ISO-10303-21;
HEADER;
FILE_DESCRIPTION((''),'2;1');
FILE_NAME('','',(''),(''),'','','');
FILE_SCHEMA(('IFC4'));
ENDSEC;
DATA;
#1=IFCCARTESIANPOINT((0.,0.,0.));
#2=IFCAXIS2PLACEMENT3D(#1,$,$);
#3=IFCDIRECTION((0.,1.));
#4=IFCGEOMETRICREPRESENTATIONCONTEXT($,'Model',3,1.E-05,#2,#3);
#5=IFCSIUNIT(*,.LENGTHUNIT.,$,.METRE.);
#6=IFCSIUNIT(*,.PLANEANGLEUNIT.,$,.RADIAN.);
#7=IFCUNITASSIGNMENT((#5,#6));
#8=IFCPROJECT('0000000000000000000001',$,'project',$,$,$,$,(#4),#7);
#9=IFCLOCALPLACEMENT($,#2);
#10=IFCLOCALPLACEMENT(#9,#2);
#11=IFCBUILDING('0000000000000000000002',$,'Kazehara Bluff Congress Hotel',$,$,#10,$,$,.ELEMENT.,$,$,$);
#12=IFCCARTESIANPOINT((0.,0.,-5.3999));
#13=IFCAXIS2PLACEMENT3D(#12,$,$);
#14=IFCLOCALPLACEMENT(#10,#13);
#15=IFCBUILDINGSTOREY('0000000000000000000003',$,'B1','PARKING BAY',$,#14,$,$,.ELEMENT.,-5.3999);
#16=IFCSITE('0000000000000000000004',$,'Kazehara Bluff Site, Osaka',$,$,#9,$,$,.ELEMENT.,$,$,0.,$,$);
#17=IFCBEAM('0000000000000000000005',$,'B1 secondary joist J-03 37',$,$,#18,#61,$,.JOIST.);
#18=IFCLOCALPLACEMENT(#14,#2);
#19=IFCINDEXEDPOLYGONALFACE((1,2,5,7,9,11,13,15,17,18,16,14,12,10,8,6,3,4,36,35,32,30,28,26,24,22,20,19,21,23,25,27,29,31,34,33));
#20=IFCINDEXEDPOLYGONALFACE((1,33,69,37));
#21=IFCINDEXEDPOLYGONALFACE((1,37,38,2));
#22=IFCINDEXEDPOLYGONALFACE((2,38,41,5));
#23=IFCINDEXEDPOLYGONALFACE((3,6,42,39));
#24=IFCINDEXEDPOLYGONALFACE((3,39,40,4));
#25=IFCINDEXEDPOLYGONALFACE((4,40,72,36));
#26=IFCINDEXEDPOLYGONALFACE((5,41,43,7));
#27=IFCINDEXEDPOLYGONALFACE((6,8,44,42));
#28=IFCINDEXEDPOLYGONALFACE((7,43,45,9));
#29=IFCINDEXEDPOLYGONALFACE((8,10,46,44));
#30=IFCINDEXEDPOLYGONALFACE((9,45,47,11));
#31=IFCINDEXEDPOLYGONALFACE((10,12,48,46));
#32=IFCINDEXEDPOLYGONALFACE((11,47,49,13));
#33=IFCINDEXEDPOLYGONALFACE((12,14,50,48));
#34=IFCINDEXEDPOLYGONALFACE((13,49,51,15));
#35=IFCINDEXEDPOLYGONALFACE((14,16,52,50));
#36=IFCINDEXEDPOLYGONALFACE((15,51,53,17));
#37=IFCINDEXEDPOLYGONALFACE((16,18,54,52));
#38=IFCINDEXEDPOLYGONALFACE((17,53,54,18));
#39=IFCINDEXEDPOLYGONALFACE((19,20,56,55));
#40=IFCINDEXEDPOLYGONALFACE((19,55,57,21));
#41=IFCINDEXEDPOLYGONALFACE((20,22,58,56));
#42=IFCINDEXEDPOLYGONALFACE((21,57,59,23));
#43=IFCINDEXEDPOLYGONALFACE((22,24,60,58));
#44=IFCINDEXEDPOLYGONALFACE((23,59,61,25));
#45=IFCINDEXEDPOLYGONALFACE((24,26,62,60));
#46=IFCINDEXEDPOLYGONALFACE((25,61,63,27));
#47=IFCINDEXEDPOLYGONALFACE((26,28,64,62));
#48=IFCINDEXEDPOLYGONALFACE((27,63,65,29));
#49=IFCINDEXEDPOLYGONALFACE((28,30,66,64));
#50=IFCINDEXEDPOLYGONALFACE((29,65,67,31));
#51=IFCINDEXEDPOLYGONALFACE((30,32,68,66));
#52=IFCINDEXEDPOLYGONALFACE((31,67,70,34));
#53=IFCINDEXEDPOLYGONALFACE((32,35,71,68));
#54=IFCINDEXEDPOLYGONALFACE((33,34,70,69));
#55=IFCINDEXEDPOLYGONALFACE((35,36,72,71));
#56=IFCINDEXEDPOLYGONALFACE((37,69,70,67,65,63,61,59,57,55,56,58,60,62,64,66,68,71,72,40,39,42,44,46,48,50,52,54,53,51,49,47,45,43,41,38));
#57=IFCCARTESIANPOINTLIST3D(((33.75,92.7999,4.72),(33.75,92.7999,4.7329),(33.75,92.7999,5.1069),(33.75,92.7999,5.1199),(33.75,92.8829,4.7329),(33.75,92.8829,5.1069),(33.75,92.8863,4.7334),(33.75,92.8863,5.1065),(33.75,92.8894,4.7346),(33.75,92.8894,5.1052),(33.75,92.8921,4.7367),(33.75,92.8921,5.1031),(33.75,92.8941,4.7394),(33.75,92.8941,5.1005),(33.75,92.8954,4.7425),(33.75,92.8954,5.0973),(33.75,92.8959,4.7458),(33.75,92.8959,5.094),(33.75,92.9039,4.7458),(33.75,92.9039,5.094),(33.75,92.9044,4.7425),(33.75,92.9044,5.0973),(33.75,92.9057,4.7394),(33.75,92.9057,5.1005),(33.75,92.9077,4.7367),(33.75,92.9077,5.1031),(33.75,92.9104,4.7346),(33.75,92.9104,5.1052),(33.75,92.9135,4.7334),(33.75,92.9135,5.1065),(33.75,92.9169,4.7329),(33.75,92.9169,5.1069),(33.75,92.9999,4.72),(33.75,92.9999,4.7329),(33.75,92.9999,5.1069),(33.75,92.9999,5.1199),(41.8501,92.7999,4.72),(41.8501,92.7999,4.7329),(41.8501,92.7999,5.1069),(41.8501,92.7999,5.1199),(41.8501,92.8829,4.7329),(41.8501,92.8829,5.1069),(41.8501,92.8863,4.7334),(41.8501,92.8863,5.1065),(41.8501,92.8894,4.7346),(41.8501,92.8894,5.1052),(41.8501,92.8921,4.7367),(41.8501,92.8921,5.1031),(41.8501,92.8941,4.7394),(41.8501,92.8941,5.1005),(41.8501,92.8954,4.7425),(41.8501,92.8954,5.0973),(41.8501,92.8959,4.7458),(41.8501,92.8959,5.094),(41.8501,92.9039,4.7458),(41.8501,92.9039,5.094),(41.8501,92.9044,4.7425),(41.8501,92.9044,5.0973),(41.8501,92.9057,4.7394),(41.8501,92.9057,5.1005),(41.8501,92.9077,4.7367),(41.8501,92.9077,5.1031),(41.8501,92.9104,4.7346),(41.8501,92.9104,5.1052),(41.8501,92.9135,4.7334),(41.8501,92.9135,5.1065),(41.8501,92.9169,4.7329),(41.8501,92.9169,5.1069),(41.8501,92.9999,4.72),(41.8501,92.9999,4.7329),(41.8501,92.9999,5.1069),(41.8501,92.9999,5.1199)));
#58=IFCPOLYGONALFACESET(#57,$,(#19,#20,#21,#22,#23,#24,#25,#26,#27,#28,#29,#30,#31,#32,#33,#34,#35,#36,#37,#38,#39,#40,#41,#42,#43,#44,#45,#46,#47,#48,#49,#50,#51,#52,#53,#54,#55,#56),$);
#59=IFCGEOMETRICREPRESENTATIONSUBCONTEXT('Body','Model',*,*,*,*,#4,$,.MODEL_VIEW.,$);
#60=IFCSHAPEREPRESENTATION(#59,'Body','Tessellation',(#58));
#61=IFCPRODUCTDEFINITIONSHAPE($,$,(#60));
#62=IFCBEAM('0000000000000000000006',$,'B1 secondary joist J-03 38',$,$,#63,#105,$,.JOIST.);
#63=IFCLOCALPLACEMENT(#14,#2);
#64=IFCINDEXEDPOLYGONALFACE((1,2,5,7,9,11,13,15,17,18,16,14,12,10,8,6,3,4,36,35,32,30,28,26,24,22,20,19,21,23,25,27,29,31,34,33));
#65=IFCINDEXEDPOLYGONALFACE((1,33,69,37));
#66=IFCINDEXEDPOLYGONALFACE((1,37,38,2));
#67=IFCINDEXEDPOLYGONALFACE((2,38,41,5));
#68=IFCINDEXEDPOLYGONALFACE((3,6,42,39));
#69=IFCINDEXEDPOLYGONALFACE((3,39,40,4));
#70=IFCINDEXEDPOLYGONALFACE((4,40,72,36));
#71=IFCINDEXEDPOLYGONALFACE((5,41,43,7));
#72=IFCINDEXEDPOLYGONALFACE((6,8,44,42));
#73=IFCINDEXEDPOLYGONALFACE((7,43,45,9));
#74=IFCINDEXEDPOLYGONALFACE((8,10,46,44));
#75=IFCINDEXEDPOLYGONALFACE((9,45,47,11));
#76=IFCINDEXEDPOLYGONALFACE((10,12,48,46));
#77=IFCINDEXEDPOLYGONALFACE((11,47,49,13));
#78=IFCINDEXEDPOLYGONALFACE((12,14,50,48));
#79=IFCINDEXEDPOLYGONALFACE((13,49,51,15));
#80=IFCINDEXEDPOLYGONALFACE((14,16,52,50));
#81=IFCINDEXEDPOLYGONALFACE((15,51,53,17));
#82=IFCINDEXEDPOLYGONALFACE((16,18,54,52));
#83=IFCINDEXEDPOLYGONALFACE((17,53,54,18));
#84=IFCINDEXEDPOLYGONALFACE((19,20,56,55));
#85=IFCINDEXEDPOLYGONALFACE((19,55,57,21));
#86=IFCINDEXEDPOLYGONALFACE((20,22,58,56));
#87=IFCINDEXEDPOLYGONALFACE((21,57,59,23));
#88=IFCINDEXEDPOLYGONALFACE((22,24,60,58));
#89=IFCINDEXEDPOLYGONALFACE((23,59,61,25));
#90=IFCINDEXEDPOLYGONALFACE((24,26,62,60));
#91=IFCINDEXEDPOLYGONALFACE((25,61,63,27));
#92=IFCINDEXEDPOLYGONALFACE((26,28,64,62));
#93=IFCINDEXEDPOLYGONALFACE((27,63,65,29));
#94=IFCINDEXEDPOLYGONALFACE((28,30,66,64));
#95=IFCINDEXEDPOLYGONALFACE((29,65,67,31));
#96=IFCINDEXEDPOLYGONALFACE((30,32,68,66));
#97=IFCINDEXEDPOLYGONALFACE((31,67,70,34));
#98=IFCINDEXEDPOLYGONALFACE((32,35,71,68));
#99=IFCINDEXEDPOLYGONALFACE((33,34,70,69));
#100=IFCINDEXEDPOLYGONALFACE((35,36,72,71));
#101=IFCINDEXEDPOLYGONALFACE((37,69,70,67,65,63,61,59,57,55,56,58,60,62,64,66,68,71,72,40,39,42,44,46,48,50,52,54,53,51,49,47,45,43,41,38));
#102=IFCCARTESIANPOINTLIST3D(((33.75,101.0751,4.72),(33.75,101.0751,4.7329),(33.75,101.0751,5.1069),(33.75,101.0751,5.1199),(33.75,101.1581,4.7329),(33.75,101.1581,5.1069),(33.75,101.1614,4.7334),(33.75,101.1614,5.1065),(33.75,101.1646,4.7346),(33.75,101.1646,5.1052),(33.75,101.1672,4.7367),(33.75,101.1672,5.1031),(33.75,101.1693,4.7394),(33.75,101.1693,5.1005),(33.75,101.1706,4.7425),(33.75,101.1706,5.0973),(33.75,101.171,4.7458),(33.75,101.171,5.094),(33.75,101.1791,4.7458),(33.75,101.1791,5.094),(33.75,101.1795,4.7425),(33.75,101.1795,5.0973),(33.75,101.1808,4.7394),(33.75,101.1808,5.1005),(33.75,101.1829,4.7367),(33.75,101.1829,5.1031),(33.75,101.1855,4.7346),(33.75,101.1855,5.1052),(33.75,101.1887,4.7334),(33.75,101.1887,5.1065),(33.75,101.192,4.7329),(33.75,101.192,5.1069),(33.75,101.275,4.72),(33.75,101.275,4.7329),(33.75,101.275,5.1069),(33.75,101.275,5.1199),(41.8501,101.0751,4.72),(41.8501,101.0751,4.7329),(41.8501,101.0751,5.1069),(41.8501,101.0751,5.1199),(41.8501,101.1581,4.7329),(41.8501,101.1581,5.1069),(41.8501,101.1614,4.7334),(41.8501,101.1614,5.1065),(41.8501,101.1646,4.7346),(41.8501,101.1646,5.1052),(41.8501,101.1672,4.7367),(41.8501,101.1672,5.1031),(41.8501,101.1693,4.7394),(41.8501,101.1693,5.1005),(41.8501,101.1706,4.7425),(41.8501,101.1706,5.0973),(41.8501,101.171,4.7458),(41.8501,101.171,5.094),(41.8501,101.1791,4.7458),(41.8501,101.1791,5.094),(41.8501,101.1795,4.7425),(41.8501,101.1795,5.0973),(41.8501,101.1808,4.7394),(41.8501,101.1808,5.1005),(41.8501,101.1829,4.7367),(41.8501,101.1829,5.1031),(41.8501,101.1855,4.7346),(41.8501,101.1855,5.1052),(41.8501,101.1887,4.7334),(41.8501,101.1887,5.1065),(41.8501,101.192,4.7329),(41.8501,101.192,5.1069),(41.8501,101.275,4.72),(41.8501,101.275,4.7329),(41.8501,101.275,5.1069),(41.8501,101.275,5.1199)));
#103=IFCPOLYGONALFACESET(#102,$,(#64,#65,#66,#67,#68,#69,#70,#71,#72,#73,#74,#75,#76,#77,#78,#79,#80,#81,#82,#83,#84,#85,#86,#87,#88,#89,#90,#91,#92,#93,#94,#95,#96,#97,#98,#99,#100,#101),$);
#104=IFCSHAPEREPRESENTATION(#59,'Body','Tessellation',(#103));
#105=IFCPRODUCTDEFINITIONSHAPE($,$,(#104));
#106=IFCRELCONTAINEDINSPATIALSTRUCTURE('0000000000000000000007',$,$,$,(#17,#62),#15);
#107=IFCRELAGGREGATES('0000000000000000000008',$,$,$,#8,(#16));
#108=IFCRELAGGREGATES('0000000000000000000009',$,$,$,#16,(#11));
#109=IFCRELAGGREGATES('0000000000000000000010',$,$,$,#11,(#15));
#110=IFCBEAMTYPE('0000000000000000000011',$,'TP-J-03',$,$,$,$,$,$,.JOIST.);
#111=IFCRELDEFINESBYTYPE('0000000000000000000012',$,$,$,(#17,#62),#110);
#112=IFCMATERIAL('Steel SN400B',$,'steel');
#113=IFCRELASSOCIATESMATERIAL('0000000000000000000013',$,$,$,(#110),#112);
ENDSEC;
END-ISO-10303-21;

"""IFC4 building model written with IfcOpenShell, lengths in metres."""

from ifc_helpers import new_model, si_unit, direction, frame, origin, origin_2d, place, context, subcontext, project, spatial, i_section, extrude, material, material_profile, profile_set, type_object, element, save


model = new_model("IFC4")

# Units and contexts
model_context = context("Model", 3, precision=1e-05, world=origin(), true_north=direction((0.0, 1.0)))
body_context = subcontext(model_context, "Body", "Model", "MODEL_VIEW")
ifc_project = project(units=[si_unit("LENGTHUNIT", "METRE"), si_unit("PLANEANGLEUNIT", "RADIAN")], contexts=[model_context])

# Site, building, storey
site_placement = place(None, origin())
site = spatial("IfcSite", under=ifc_project, at=site_placement, Name="Kazehara Bluff Site, Osaka", CompositionType="ELEMENT", RefElevation=0.0)
building_placement = place(site_placement, origin())
building = spatial("IfcBuilding", under=site, at=building_placement, Name="Kazehara Bluff Congress Hotel", CompositionType="ELEMENT")
storey_placement = place(building_placement, frame((0.0, 0.0, -5.3999)))
storey = spatial("IfcBuildingStorey", under=building, at=storey_placement, Name="B1", Description="PARKING BAY", CompositionType="ELEMENT", Elevation=-5.3999)

# Beams
ifc_material_1 = material(Name="Steel SN400B", Category="steel")
ifc_material_profile_1 = material_profile(ifc_material_1, i_section(OverallWidth=0.2, OverallDepth=0.3999, WebThickness=0.0081, FlangeThickness=0.0129, FilletRadius=0.0129, at=origin_2d()))
ifc_profile_set_1 = profile_set([ifc_material_profile_1], Name="Steel SN400B")
beam_type_1 = type_object("IfcBeamType", Name="TP-J-03", PredefinedType="JOIST", material=ifc_profile_set_1)
for number, where, z_axis, x_axis, name in (
    (1, (33.75, 92.8999, 4.9199), (1.0, 0.0, 0.0), (0.0, 1.0, 0.0), "B1 secondary joist J-03 37"),
    (2, (33.75, 101.175, 4.9199), (1.0, 0.0, 0.0), (0.0, 1.0, 0.0), "B1 secondary joist J-03 38"),
):
    element("IfcBeam", number, at=place(storey_placement, frame(where, z_axis=z_axis, x_axis=x_axis)), inside=storey, type_object=beam_type_1, Name=name, PredefinedType="JOIST", context=body_context, shape_type="SweptSolid", body=[
        extrude(i_section(OverallWidth=0.2, OverallDepth=0.3999, WebThickness=0.0081, FlangeThickness=0.0129, FilletRadius=0.0129, at=origin_2d()), origin(), (0.0, 0.0, 1.0), 8.1001),
    ])

save(model, "model.ifc")
